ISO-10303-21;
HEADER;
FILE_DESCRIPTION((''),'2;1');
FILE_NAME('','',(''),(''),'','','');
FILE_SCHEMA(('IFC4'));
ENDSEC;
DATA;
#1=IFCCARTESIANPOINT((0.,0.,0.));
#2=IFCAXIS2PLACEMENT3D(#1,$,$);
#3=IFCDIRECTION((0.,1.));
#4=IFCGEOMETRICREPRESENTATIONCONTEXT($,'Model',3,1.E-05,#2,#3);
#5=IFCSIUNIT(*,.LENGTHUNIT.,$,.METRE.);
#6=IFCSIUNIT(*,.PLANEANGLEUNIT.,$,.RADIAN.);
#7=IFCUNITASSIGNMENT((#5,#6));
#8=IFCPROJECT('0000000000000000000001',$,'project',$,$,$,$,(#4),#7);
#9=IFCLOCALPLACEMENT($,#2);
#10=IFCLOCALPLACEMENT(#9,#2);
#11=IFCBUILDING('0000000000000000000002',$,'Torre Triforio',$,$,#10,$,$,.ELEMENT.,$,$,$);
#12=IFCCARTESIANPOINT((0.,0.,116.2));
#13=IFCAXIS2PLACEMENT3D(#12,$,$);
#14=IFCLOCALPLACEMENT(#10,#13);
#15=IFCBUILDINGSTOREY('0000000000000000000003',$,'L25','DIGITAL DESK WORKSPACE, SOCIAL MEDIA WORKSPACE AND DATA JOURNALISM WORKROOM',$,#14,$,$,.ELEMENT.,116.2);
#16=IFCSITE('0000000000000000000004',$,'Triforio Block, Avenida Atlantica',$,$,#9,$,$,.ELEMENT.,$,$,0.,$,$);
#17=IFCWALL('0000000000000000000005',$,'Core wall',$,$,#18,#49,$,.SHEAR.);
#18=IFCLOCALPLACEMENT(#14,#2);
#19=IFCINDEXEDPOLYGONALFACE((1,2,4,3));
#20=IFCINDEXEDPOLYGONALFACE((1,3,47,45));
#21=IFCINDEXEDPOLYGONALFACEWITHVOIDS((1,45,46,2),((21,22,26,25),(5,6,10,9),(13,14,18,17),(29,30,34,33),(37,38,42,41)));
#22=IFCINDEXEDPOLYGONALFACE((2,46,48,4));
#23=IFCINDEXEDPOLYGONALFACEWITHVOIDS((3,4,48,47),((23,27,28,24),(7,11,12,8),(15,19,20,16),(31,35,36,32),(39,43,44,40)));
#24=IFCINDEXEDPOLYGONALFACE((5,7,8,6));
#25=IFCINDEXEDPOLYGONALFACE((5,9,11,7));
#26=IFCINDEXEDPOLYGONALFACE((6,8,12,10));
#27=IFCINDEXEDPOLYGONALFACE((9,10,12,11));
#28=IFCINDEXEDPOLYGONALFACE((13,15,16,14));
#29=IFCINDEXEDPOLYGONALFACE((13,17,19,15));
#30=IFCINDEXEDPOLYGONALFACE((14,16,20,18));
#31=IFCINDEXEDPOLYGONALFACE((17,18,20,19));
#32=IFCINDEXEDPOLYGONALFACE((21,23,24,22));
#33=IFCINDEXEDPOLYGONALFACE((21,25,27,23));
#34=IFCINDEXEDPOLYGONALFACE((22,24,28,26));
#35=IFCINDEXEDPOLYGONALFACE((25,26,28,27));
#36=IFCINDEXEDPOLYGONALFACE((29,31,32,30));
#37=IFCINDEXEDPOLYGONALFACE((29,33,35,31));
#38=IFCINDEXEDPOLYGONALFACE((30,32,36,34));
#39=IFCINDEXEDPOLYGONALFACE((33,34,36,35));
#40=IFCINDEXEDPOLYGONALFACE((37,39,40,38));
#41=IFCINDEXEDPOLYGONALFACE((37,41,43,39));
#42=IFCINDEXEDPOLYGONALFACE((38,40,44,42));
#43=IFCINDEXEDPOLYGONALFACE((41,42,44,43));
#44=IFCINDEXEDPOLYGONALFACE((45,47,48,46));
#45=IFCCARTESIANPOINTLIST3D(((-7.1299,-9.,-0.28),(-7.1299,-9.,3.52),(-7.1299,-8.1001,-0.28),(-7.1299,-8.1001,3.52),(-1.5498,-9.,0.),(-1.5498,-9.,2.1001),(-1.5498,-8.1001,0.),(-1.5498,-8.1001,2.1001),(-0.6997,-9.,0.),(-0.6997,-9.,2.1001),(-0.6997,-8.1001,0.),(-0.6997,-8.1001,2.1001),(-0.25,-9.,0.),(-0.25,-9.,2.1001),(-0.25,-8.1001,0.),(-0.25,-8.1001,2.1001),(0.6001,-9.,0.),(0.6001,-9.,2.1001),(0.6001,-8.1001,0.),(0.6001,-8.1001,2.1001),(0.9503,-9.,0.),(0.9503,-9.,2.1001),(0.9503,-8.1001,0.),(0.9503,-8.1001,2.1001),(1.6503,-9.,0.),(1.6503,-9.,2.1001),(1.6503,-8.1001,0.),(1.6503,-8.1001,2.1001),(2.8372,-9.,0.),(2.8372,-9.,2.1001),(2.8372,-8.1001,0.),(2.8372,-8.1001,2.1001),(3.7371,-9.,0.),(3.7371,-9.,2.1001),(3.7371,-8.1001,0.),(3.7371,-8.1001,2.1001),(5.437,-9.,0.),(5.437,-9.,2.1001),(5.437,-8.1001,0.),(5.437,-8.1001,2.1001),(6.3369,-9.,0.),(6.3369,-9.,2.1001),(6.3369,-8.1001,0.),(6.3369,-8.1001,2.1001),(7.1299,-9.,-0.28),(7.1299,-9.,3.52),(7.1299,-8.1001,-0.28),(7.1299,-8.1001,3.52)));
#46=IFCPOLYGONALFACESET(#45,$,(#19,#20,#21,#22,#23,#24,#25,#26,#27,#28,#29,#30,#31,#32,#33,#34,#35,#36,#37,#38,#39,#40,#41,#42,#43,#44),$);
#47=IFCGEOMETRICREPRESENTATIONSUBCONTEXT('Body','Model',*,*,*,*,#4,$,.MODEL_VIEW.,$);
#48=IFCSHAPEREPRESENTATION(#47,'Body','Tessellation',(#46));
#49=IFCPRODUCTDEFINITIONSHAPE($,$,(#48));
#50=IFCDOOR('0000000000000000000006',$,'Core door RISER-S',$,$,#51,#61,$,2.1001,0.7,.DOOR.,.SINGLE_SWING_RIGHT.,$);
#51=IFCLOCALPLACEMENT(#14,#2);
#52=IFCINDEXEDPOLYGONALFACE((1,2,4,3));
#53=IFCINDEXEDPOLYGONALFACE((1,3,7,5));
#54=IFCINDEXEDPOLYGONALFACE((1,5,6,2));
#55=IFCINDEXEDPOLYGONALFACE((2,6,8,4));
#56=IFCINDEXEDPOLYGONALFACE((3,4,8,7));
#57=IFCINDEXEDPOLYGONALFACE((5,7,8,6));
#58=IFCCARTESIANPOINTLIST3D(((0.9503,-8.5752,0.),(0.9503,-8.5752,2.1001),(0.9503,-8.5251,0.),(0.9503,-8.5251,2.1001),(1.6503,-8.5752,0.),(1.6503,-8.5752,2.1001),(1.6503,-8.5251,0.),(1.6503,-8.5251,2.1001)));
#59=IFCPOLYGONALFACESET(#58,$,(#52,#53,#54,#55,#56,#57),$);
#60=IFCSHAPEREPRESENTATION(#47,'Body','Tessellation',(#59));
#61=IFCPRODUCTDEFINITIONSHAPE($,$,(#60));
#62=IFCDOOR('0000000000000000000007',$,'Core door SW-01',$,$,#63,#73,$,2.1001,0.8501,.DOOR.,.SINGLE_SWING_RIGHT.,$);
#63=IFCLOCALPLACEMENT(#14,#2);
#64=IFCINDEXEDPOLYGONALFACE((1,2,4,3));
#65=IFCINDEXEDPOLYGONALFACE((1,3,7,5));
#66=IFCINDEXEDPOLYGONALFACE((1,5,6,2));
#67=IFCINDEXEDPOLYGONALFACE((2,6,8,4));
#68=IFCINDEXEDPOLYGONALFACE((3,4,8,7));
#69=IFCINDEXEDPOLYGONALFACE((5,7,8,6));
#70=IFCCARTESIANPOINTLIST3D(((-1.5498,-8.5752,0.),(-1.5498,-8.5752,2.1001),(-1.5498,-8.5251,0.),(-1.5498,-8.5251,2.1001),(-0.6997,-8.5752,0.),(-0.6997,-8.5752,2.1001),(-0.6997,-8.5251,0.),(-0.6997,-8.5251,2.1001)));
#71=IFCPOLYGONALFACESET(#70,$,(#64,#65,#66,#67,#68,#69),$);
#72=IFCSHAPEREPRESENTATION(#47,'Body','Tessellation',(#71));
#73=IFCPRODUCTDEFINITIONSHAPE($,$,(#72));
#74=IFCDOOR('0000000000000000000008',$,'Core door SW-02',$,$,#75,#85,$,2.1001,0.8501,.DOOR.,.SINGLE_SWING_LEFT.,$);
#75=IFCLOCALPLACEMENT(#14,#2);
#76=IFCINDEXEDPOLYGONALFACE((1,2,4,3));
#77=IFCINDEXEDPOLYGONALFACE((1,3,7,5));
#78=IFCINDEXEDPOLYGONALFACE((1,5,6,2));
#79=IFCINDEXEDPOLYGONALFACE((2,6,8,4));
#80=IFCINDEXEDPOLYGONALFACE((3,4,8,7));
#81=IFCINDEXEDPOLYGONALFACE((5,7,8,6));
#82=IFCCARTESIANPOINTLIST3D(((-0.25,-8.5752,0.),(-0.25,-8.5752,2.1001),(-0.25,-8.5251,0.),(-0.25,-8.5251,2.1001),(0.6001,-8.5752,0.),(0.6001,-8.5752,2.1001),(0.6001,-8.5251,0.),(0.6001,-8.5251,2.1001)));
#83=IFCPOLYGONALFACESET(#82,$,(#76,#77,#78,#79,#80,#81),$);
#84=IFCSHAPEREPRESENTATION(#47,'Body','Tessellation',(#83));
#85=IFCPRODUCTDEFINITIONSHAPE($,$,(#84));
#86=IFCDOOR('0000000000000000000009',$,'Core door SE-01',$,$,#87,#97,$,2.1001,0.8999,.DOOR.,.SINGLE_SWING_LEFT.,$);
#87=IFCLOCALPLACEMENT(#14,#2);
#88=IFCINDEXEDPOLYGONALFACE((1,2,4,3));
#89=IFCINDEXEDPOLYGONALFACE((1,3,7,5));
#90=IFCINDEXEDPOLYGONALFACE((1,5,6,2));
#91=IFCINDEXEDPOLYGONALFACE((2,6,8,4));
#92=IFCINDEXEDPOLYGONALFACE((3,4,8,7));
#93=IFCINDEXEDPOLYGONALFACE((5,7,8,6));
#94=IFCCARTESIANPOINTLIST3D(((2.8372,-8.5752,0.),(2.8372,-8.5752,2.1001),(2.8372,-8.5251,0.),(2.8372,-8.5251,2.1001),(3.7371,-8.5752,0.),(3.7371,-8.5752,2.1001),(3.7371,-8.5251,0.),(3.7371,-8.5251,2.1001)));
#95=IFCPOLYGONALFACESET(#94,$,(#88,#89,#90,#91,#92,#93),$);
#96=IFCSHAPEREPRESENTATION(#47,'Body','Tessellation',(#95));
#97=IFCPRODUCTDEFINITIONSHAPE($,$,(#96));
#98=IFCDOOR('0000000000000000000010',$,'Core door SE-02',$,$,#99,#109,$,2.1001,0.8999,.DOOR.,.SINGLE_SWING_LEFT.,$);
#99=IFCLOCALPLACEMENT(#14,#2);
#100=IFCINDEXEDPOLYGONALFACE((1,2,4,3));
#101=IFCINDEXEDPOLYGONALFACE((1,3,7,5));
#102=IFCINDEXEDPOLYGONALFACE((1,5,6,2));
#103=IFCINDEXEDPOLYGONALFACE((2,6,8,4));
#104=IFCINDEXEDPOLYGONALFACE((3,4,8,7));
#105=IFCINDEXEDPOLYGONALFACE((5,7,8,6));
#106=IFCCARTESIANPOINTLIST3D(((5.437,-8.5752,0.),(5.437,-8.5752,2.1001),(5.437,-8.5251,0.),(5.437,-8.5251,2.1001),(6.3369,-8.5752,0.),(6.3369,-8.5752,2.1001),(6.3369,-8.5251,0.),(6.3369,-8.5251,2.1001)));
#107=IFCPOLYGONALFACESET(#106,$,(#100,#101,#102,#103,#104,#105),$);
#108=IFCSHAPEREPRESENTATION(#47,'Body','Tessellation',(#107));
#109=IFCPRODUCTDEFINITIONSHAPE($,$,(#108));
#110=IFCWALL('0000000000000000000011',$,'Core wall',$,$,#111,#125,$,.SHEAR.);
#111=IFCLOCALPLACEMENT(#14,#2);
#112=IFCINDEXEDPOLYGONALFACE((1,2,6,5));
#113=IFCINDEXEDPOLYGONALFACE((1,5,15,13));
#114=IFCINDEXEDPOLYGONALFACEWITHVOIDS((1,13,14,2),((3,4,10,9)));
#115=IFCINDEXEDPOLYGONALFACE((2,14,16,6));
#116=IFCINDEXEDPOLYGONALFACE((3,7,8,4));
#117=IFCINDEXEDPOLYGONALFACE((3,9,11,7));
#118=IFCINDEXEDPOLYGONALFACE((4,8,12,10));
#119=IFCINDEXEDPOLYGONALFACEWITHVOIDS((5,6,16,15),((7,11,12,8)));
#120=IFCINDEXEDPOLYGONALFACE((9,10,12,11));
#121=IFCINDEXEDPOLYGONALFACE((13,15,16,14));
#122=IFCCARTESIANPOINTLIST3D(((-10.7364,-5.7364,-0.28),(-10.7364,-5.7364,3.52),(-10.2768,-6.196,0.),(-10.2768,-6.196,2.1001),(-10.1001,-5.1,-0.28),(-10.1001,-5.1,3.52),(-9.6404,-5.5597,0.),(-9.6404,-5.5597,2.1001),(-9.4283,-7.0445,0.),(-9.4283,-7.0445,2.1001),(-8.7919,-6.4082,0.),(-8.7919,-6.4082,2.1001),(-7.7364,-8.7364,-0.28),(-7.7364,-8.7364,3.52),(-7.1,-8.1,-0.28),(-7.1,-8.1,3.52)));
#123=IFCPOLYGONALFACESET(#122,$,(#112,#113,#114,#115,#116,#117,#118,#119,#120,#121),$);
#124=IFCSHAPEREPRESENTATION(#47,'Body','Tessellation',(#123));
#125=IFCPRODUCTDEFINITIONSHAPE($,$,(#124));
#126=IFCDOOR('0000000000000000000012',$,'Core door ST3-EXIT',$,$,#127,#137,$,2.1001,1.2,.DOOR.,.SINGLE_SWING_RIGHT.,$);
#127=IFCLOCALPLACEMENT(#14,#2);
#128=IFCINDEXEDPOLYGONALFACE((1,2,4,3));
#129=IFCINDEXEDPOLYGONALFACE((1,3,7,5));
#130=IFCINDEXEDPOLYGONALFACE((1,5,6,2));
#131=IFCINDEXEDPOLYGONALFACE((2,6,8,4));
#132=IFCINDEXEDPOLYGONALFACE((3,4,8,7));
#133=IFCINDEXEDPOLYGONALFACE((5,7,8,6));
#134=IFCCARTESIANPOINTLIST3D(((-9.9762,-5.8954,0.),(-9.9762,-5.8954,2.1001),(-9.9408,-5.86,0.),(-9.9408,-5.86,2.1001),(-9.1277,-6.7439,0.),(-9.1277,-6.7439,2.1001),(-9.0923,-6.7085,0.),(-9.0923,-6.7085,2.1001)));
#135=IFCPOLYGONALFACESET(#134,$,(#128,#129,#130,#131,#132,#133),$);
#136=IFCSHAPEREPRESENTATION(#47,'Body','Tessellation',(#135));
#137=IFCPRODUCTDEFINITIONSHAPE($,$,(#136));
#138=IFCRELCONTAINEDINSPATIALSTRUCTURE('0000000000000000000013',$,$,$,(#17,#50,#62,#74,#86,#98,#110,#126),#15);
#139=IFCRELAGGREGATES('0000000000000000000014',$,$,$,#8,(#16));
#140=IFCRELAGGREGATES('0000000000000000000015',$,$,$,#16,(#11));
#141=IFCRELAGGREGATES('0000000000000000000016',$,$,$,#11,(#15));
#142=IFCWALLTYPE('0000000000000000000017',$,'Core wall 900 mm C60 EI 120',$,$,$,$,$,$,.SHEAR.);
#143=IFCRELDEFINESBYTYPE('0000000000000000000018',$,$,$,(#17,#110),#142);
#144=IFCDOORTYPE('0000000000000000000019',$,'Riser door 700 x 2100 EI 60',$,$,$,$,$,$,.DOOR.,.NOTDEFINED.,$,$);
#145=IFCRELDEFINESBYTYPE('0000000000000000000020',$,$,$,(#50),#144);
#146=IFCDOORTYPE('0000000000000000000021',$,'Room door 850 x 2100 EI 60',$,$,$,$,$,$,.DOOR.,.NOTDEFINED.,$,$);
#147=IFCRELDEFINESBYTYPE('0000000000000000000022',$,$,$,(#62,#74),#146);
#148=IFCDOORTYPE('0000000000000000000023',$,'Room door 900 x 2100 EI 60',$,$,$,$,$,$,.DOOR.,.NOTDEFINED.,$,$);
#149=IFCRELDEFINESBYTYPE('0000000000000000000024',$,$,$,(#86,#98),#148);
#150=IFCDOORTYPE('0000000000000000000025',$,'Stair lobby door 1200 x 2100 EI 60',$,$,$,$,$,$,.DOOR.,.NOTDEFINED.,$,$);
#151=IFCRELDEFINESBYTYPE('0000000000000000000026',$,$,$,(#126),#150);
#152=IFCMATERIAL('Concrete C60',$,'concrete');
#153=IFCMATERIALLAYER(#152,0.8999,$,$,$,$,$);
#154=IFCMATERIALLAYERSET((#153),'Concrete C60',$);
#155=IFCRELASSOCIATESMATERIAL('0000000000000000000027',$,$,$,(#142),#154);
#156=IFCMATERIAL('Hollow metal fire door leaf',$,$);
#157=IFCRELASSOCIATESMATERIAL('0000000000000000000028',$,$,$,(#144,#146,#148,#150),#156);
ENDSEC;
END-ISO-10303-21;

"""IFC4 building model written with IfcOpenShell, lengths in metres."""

from ifc_helpers import new_model, si_unit, direction, frame, frame_2d, origin, place, context, subcontext, project, spatial, rectangle, extrude, material, layer, layer_set, type_object, element, fill, save


model = new_model("IFC4")

# Units and contexts
model_context = context("Model", 3, precision=1e-05, world=origin(), true_north=direction((0.0, 1.0)))
body_context = subcontext(model_context, "Body", "Model", "MODEL_VIEW")
ifc_project = project(units=[si_unit("LENGTHUNIT", "METRE"), si_unit("PLANEANGLEUNIT", "RADIAN")], contexts=[model_context])

# Site, building, storey
site_placement = place(None, origin())
site = spatial("IfcSite", under=ifc_project, at=site_placement, Name="Triforio Block, Avenida Atlantica", CompositionType="ELEMENT", RefElevation=0.0)
building_placement = place(site_placement, origin())
building = spatial("IfcBuilding", under=site, at=building_placement, Name="Torre Triforio", CompositionType="ELEMENT")
storey_placement = place(building_placement, frame((0.0, 0.0, 116.2)))
storey = spatial("IfcBuildingStorey", under=building, at=storey_placement, Name="L25", Description="DIGITAL DESK WORKSPACE, SOCIAL MEDIA WORKSPACE AND DATA JOURNALISM WORKROOM", CompositionType="ELEMENT", Elevation=116.2)

# Shared definitions
ifc_material_1 = material(Name="Concrete C60", Category="concrete")

# Wall, openings, doors
ifc_layer_1 = layer(ifc_material_1, 0.8999)
ifc_layer_set_1 = layer_set([ifc_layer_1], Name="Concrete C60")
wall_type_1 = type_object("IfcWallType", Name="Core wall 900 mm C60 EI 120", PredefinedType="SHEAR", material=ifc_layer_set_1)
wall_1_placement = place(storey_placement, frame((-7.1299, -8.55, -0.28), z_axis=(0.0, 0.0, 1.0), x_axis=(1.0, 0.0, 0.0)))
wall_1 = element("IfcWall", 1, at=wall_1_placement, inside=storey, type_object=wall_type_1, Name="Core wall", PredefinedType="SHEAR", context=body_context, shape_type="SweptSolid", body=[
    extrude(rectangle(XDim=14.2598, YDim=0.8999, at=frame_2d((7.1299, 0.0))), origin(), (0.0, 0.0, 1.0), 3.8),
])
opening_1_placement = place(wall_1_placement, frame((8.0801, 0.0, 0.28)))
opening_1 = element("IfcOpeningElement", 2, at=opening_1_placement, cuts=wall_1, PredefinedType="OPENING", context=body_context, shape_type="SweptSolid", body=[
    extrude(rectangle(XDim=0.7, YDim=2.1001, at=frame_2d((0.3501, 1.05))), frame((0.0, 0.46, 0.0), z_axis=(0.0, -1.0, 0.0), x_axis=(1.0, 0.0, 0.0)), (0.0, 0.0, 1.0), 0.9199),
])
opening_2_placement = place(wall_1_placement, frame((5.5801, 0.0, 0.28)))
opening_2 = element("IfcOpeningElement", 3, at=opening_2_placement, cuts=wall_1, PredefinedType="OPENING", context=body_context, shape_type="SweptSolid", body=[
    extrude(rectangle(XDim=0.8501, YDim=2.1001, at=frame_2d((0.425, 1.05))), frame((0.0, 0.46, 0.0), z_axis=(0.0, -1.0, 0.0), x_axis=(1.0, 0.0, 0.0)), (0.0, 0.0, 1.0), 0.9199),
])
opening_3_placement = place(wall_1_placement, frame((6.8799, 0.0, 0.28)))
opening_3 = element("IfcOpeningElement", 4, at=opening_3_placement, cuts=wall_1, PredefinedType="OPENING", context=body_context, shape_type="SweptSolid", body=[
    extrude(rectangle(XDim=0.8501, YDim=2.1001, at=frame_2d((0.425, 1.05))), frame((0.0, 0.46, 0.0), z_axis=(0.0, -1.0, 0.0), x_axis=(1.0, 0.0, 0.0)), (0.0, 0.0, 1.0), 0.9199),
])
opening_4_placement = place(wall_1_placement, frame((9.967, 0.0, 0.28)))
opening_4 = element("IfcOpeningElement", 5, at=opening_4_placement, cuts=wall_1, PredefinedType="OPENING", context=body_context, shape_type="SweptSolid", body=[
    extrude(rectangle(XDim=0.8999, YDim=2.1001, at=frame_2d((0.45, 1.05))), frame((0.0, 0.46, 0.0), z_axis=(0.0, -1.0, 0.0), x_axis=(1.0, 0.0, 0.0)), (0.0, 0.0, 1.0), 0.9199),
])
opening_5_placement = place(wall_1_placement, frame((12.5669, 0.0, 0.28)))
opening_5 = element("IfcOpeningElement", 6, at=opening_5_placement, cuts=wall_1, PredefinedType="OPENING", context=body_context, shape_type="SweptSolid", body=[
    extrude(rectangle(XDim=0.8999, YDim=2.1001, at=frame_2d((0.45, 1.05))), frame((0.0, 0.46, 0.0), z_axis=(0.0, -1.0, 0.0), x_axis=(1.0, 0.0, 0.0)), (0.0, 0.0, 1.0), 0.9199),
])
ifc_material_2 = material(Name="Hollow metal fire door leaf")
door_type_1 = type_object("IfcDoorType", Name="Riser door 700 x 2100 EI 60", OperationType="NOTDEFINED", PredefinedType="DOOR", material=ifc_material_2)
door_1_placement = place(opening_1_placement, origin())
door_1 = element("IfcDoor", 7, at=door_1_placement, inside=storey, type_object=door_type_1, Name="Core door RISER-S", OperationType="SINGLE_SWING_RIGHT", OverallHeight=2.1001, OverallWidth=0.7, PredefinedType="DOOR", context=body_context, shape_type="SweptSolid", body=[
    extrude(rectangle(XDim=0.7, YDim=2.1001, at=frame_2d((0.3501, 1.05))), frame((0.0, 0.0249, 0.0), z_axis=(0.0, -1.0, 0.0), x_axis=(1.0, 0.0, 0.0)), (0.0, 0.0, 1.0), 0.05),
])
fill(opening_1, door_1)
door_type_2 = type_object("IfcDoorType", Name="Room door 850 x 2100 EI 60", OperationType="NOTDEFINED", PredefinedType="DOOR", material=ifc_material_2)
door_2_placement = place(opening_2_placement, origin())
door_2 = element("IfcDoor", 8, at=door_2_placement, inside=storey, type_object=door_type_2, Name="Core door SW-01", OperationType="SINGLE_SWING_RIGHT", OverallHeight=2.1001, OverallWidth=0.8501, PredefinedType="DOOR", context=body_context, shape_type="SweptSolid", body=[
    extrude(rectangle(XDim=0.8501, YDim=2.1001, at=frame_2d((0.425, 1.05))), frame((0.0, 0.0249, 0.0), z_axis=(0.0, -1.0, 0.0), x_axis=(1.0, 0.0, 0.0)), (0.0, 0.0, 1.0), 0.05),
])
fill(opening_2, door_2)
door_3_placement = place(opening_3_placement, origin())
door_3 = element("IfcDoor", 9, at=door_3_placement, inside=storey, type_object=door_type_2, Name="Core door SW-02", OperationType="SINGLE_SWING_LEFT", OverallHeight=2.1001, OverallWidth=0.8501, PredefinedType="DOOR", context=body_context, shape_type="SweptSolid", body=[
    extrude(rectangle(XDim=0.8501, YDim=2.1001, at=frame_2d((0.425, 1.05))), frame((0.0, 0.0249, 0.0), z_axis=(0.0, -1.0, 0.0), x_axis=(1.0, 0.0, 0.0)), (0.0, 0.0, 1.0), 0.05),
])
fill(opening_3, door_3)
door_type_3 = type_object("IfcDoorType", Name="Room door 900 x 2100 EI 60", OperationType="NOTDEFINED", PredefinedType="DOOR", material=ifc_material_2)
door_4_placement = place(opening_4_placement, origin())
door_4 = element("IfcDoor", 10, at=door_4_placement, inside=storey, type_object=door_type_3, Name="Core door SE-01", OperationType="SINGLE_SWING_LEFT", OverallHeight=2.1001, OverallWidth=0.8999, PredefinedType="DOOR", context=body_context, shape_type="SweptSolid", body=[
    extrude(rectangle(XDim=0.8999, YDim=2.1001, at=frame_2d((0.45, 1.05))), frame((0.0, 0.0249, 0.0), z_axis=(0.0, -1.0, 0.0), x_axis=(1.0, 0.0, 0.0)), (0.0, 0.0, 1.0), 0.05),
])
fill(opening_4, door_4)
door_5_placement = place(opening_5_placement, origin())
door_5 = element("IfcDoor", 11, at=door_5_placement, inside=storey, type_object=door_type_3, Name="Core door SE-02", OperationType="SINGLE_SWING_LEFT", OverallHeight=2.1001, OverallWidth=0.8999, PredefinedType="DOOR", context=body_context, shape_type="SweptSolid", body=[
    extrude(rectangle(XDim=0.8999, YDim=2.1001, at=frame_2d((0.45, 1.05))), frame((0.0, 0.0249, 0.0), z_axis=(0.0, -1.0, 0.0), x_axis=(1.0, 0.0, 0.0)), (0.0, 0.0, 1.0), 0.05),
])
fill(opening_5, door_5)

# Wall, opening, door
wall_2_placement = place(storey_placement, frame((-7.4182, -8.4182, -0.28), z_axis=(0.0, 0.0, 1.0), x_axis=(-0.707107, 0.707107, 0.0)))
wall_2 = element("IfcWall", 12, at=wall_2_placement, inside=storey, type_object=wall_type_1, Name="Core wall", PredefinedType="SHEAR", context=body_context, shape_type="SweptSolid", body=[
    extrude(rectangle(XDim=4.2427, YDim=0.8999, at=frame_2d((2.1213, 0.0))), origin(), (0.0, 0.0, 1.0), 3.8),
])
opening_6_placement = place(wall_2_placement, frame((2.3926, 0.0, 0.28)))
opening_6 = element("IfcOpeningElement", 13, at=opening_6_placement, cuts=wall_2, PredefinedType="OPENING", context=body_context, shape_type="SweptSolid", body=[
    extrude(rectangle(XDim=1.2, YDim=2.1001, at=frame_2d((0.6001, 1.05))), frame((0.0, 0.46, 0.0), z_axis=(0.0, -1.0, 0.0), x_axis=(1.0, 0.0, 0.0)), (0.0, 0.0, 1.0), 0.9199),
])
door_type_4 = type_object("IfcDoorType", Name="Stair lobby door 1200 x 2100 EI 60", OperationType="NOTDEFINED", PredefinedType="DOOR", material=ifc_material_2)
door_6_placement = place(opening_6_placement, origin())
door_6 = element("IfcDoor", 14, at=door_6_placement, inside=storey, type_object=door_type_4, Name="Core door ST3-EXIT", OperationType="SINGLE_SWING_RIGHT", OverallHeight=2.1001, OverallWidth=1.2, PredefinedType="DOOR", context=body_context, shape_type="SweptSolid", body=[
    extrude(rectangle(XDim=1.2, YDim=2.1001, at=frame_2d((0.6001, 1.05))), frame((0.0, 0.0249, 0.0), z_axis=(0.0, -1.0, 0.0), x_axis=(1.0, 0.0, 0.0)), (0.0, 0.0, 1.0), 0.05),
])
fill(opening_6, door_6)

save(model, "model.ifc")
